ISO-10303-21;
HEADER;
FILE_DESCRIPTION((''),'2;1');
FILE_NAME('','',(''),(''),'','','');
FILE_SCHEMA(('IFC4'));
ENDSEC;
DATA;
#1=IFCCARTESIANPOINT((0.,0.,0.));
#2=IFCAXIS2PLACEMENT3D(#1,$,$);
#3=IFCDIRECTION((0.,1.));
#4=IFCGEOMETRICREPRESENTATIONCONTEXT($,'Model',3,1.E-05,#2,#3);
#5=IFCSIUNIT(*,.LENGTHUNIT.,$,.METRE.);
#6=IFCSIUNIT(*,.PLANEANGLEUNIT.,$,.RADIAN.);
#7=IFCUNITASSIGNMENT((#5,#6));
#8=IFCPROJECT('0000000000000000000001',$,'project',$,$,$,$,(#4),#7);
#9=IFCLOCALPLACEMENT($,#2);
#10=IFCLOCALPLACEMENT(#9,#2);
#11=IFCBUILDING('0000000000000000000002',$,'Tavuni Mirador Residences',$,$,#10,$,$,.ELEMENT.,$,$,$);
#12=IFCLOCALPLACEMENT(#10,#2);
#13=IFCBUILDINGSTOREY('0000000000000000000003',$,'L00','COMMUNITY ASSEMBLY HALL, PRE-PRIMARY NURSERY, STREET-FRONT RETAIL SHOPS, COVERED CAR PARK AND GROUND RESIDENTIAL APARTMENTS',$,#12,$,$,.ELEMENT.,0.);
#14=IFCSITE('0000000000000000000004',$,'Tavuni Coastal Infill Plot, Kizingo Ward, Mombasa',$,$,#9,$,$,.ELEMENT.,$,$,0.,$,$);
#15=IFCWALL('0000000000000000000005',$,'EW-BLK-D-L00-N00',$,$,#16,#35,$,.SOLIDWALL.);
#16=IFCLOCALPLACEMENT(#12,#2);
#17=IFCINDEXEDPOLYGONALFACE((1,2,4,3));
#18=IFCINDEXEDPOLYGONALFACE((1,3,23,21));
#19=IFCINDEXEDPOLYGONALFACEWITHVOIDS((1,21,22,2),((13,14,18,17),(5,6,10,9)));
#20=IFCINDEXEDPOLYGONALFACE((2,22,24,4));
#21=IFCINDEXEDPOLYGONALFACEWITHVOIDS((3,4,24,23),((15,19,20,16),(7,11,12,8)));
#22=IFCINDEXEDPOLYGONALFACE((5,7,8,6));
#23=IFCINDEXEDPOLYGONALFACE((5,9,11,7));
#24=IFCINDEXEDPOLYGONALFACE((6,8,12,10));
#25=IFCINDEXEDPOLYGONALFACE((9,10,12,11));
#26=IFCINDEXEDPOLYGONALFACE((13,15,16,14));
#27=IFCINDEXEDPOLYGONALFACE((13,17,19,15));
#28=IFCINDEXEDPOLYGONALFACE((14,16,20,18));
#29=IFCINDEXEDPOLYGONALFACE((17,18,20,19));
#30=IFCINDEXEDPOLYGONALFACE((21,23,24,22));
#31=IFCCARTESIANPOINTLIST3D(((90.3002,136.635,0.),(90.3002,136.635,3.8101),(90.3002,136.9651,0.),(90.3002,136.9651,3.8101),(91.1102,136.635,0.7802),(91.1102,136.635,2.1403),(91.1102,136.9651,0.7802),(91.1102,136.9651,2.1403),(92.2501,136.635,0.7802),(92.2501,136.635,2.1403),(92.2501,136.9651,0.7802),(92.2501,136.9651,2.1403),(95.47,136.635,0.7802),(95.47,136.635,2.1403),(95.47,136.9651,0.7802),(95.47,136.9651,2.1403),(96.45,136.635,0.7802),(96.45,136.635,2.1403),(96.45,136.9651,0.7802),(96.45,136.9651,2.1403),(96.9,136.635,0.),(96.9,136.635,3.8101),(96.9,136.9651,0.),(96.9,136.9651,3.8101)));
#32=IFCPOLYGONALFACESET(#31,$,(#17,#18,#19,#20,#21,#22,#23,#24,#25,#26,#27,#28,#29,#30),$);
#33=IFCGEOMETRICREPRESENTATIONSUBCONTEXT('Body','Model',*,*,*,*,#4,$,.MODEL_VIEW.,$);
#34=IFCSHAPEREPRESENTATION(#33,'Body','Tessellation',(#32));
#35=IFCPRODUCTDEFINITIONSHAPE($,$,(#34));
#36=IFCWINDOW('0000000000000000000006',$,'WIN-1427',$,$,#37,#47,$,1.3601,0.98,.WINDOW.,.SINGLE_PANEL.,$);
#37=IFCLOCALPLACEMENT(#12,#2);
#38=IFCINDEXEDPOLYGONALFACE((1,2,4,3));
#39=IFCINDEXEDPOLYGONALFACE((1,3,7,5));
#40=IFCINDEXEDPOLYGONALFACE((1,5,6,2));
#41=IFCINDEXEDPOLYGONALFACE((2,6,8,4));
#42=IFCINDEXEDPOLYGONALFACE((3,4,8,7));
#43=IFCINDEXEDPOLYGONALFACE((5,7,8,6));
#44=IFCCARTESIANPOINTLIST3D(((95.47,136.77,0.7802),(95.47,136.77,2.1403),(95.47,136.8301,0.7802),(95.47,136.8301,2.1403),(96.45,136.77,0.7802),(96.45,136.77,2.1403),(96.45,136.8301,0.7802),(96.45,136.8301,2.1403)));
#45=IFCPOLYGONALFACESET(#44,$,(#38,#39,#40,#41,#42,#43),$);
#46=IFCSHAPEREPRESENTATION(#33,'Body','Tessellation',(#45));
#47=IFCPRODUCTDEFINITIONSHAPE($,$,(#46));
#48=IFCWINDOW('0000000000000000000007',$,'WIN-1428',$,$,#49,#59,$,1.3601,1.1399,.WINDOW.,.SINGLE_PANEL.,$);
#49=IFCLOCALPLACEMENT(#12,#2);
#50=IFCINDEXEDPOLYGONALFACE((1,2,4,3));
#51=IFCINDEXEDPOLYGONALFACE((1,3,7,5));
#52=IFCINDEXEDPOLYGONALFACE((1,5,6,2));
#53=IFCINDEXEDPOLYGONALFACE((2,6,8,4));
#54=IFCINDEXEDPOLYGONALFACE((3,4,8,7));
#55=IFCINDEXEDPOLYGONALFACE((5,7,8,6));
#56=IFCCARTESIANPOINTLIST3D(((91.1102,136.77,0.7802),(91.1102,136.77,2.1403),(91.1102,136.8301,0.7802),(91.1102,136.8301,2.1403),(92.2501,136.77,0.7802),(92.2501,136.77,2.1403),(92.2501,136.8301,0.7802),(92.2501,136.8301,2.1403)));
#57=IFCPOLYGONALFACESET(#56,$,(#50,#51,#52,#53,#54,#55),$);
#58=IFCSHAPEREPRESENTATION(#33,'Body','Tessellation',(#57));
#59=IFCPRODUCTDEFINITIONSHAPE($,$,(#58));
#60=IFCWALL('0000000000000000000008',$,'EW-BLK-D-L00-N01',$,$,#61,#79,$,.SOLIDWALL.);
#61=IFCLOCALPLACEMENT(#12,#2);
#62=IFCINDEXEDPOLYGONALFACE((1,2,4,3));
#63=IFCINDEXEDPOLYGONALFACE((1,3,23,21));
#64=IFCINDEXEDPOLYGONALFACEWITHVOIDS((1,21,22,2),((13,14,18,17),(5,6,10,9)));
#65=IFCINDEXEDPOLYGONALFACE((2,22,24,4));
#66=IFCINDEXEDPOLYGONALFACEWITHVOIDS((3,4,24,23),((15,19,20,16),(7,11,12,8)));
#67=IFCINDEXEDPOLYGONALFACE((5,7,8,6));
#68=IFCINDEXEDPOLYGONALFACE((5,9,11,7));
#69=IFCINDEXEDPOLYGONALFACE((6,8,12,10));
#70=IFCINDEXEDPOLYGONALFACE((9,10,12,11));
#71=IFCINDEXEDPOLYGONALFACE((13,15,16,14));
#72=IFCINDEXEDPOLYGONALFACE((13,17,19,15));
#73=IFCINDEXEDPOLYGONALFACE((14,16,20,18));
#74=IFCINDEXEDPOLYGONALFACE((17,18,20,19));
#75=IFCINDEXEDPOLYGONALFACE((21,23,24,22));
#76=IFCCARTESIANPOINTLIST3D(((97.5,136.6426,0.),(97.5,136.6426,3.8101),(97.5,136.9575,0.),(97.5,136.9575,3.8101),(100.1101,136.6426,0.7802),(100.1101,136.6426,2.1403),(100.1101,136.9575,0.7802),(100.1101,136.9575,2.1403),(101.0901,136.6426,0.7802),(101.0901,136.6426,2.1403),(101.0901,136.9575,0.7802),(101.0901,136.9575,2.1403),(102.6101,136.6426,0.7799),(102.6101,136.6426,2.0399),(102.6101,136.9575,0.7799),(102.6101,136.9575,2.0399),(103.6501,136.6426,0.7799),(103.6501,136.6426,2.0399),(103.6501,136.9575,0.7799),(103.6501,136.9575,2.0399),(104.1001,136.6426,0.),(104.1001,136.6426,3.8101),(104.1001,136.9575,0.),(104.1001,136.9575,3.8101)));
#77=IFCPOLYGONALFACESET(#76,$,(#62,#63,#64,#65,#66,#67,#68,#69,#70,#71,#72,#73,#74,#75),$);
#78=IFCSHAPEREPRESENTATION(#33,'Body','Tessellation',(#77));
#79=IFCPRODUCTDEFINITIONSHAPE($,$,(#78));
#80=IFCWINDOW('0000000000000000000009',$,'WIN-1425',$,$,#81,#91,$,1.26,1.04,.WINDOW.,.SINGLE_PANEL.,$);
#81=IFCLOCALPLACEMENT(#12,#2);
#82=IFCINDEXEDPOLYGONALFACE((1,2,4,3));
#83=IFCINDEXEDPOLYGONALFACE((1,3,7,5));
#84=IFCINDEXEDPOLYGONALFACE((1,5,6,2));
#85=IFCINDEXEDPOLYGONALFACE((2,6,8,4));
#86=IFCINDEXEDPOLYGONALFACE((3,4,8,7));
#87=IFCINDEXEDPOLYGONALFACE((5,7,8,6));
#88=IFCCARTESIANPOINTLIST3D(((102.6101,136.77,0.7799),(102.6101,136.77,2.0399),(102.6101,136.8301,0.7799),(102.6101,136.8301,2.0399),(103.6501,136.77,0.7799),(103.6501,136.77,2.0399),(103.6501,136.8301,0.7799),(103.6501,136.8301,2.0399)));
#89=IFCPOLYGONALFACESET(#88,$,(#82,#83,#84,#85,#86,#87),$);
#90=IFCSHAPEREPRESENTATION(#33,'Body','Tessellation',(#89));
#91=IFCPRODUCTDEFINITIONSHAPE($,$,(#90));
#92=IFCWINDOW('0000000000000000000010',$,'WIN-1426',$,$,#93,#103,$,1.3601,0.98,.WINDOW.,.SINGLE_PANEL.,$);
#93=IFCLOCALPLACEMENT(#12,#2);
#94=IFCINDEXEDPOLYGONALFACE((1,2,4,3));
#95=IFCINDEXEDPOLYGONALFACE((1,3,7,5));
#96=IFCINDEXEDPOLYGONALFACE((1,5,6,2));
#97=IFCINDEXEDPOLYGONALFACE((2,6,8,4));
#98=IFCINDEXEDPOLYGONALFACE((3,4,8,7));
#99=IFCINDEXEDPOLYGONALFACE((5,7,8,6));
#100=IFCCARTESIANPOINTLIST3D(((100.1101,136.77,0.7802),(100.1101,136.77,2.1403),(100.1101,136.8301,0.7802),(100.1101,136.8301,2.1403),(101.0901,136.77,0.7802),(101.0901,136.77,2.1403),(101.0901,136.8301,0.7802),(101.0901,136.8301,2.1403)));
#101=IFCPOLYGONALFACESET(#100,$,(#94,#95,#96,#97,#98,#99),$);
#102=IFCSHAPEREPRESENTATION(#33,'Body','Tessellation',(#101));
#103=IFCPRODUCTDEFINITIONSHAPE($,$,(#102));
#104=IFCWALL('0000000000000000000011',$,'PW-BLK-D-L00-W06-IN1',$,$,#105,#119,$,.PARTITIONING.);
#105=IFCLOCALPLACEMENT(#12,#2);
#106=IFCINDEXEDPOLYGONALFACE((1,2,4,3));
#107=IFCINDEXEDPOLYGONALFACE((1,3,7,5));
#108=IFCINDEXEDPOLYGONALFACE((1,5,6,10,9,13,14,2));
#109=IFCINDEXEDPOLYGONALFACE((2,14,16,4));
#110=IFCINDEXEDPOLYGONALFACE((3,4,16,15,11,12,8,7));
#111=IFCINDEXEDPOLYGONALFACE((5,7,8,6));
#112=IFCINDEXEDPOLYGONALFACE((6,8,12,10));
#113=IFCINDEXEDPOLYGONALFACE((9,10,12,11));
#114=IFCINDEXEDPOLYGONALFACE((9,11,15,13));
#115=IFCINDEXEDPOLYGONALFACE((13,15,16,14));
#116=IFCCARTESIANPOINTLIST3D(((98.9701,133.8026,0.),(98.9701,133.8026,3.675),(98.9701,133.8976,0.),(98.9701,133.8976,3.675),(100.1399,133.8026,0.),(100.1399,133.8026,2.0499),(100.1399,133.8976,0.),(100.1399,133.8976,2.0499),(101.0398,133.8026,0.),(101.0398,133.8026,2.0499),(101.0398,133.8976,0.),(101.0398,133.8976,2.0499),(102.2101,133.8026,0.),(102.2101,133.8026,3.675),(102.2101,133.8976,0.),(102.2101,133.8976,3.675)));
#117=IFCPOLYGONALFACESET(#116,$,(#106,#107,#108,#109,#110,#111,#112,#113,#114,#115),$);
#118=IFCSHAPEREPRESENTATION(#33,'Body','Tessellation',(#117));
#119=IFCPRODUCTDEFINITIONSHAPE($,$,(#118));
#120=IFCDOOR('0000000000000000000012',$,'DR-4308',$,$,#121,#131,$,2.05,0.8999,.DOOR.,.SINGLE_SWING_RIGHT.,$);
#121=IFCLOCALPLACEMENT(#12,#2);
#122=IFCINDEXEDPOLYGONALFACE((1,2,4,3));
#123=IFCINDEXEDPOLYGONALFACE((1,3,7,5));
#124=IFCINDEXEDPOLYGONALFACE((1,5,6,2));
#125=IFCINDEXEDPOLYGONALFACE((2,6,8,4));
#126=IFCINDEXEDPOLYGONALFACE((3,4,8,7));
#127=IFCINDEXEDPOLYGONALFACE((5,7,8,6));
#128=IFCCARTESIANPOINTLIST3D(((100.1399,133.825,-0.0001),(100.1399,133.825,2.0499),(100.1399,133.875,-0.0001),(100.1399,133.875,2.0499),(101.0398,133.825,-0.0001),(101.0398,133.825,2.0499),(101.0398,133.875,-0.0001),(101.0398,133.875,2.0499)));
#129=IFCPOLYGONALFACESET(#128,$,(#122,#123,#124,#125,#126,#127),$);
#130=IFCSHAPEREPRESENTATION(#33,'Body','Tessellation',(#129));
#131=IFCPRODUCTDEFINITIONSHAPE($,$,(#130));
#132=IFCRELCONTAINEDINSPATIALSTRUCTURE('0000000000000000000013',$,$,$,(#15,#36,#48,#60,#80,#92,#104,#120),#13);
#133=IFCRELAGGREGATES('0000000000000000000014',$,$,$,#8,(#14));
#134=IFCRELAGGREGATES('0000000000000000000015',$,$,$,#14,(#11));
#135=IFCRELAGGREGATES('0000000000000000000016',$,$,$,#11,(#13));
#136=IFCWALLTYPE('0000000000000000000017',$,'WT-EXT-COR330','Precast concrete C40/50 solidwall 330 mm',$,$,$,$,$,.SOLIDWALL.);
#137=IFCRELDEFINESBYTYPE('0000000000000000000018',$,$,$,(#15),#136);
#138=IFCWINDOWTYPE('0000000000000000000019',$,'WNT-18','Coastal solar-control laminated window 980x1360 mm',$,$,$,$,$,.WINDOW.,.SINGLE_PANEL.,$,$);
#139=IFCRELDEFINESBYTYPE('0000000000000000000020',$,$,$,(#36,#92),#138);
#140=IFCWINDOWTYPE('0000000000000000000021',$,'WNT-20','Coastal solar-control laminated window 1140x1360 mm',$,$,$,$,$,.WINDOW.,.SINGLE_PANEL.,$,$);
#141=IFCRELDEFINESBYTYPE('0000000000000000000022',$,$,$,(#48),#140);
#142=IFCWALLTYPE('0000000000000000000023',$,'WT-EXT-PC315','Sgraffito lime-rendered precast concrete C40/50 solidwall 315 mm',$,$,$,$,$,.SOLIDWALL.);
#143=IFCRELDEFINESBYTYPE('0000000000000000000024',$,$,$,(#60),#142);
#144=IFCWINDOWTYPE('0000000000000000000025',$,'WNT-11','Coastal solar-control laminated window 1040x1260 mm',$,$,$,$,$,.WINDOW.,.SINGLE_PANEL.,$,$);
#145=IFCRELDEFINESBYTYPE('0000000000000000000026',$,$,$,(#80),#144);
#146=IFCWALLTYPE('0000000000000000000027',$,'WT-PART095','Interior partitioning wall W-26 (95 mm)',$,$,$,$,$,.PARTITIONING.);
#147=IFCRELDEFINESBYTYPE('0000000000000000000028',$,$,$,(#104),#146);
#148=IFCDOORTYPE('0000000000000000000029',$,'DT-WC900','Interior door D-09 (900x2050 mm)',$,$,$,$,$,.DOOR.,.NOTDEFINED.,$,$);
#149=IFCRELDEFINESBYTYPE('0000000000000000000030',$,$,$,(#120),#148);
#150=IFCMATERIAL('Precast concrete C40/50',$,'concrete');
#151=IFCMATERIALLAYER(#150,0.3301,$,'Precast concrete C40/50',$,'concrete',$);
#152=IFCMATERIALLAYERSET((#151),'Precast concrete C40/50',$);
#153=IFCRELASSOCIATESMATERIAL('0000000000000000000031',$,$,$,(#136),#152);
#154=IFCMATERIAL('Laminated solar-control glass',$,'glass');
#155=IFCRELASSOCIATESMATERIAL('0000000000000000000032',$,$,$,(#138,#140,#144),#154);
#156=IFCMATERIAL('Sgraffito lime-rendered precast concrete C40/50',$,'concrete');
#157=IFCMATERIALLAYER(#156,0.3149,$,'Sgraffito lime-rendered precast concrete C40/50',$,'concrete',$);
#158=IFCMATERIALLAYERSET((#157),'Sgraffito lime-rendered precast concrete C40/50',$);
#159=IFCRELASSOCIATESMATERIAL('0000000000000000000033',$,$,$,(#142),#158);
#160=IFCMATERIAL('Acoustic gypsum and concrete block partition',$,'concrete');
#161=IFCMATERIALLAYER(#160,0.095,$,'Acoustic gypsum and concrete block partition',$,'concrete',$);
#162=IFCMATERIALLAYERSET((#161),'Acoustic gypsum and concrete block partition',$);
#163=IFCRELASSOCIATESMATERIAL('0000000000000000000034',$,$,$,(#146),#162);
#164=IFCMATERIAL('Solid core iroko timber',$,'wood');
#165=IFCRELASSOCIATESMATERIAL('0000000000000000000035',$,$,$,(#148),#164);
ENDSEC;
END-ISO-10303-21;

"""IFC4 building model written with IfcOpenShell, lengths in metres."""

from ifc_helpers import new_model, si_unit, direction, frame, frame_2d, origin, place, context, subcontext, project, spatial, rectangle, extrude, material, layer, layer_set, type_object, element, fill, save


model = new_model("IFC4")

# Units and contexts
model_context = context("Model", 3, precision=1e-05, world=origin(), true_north=direction((0.0, 1.0)))
body_context = subcontext(model_context, "Body", "Model", "MODEL_VIEW")
ifc_project = project(units=[si_unit("LENGTHUNIT", "METRE"), si_unit("PLANEANGLEUNIT", "RADIAN")], contexts=[model_context])

# Site, building, storey
site_placement = place(None, origin())
site = spatial("IfcSite", under=ifc_project, at=site_placement, Name="Tavuni Coastal Infill Plot, Kizingo Ward, Mombasa", CompositionType="ELEMENT", RefElevation=0.0)
building_placement = place(site_placement, origin())
building = spatial("IfcBuilding", under=site, at=building_placement, Name="Tavuni Mirador Residences", CompositionType="ELEMENT")
storey_placement = place(building_placement, origin())
storey = spatial("IfcBuildingStorey", under=building, at=storey_placement, Name="L00", Description="COMMUNITY ASSEMBLY HALL, PRE-PRIMARY NURSERY, STREET-FRONT RETAIL SHOPS, COVERED CAR PARK AND GROUND RESIDENTIAL APARTMENTS", CompositionType="ELEMENT", Elevation=0.0)

# Shared definitions
ifc_material_1 = material(Name="Precast concrete C40/50", Category="concrete")

# Shared definitions
ifc_material_2 = material(Name="Solid core iroko timber", Category="wood")

# Walls, openings, windows
ifc_layer_1 = layer(ifc_material_1, 0.3301, Name="Precast concrete C40/50", Category="concrete")
ifc_layer_set_1 = layer_set([ifc_layer_1], Name="Precast concrete C40/50")
wall_type_1 = type_object("IfcWallType", Name="WT-EXT-COR330", Description="Precast concrete C40/50 solidwall 330 mm", PredefinedType="SOLIDWALL", material=ifc_layer_set_1)
wall_1_placement = place(storey_placement, frame((96.8999, 136.8, 0.0), z_axis=(0.0, 0.0, 1.0), x_axis=(-1.0, 0.0, 0.0)))
wall_1 = element("IfcWall", 1, at=wall_1_placement, inside=storey, type_object=wall_type_1, Name="EW-BLK-D-L00-N00", PredefinedType="SOLIDWALL", context=body_context, shape_type="SweptSolid", body=[
    extrude(rectangle(XDim=6.5999, YDim=0.3301, at=frame_2d((3.2998, 0.0))), origin(), (0.0, 0.0, 1.0), 3.8101),
])
opening_1_placement = place(wall_1_placement, frame((0.45, 0.0, 0.78)))
opening_1 = element("IfcOpeningElement", 2, at=opening_1_placement, cuts=wall_1, PredefinedType="OPENING", context=body_context, shape_type="SweptSolid", body=[
    extrude(rectangle(XDim=0.98, YDim=1.3601, at=frame_2d((0.49, 0.6802))), frame((0.0, 0.175, 0.0), z_axis=(0.0, -1.0, 0.0), x_axis=(1.0, 0.0, 0.0)), (0.0, 0.0, 1.0), 0.3501),
])
opening_2_placement = place(wall_1_placement, frame((4.6499, 0.0, 0.78)))
opening_2 = element("IfcOpeningElement", 3, at=opening_2_placement, cuts=wall_1, PredefinedType="OPENING", context=body_context, shape_type="SweptSolid", body=[
    extrude(rectangle(XDim=1.1399, YDim=1.3601, at=frame_2d((0.5698, 0.6802))), frame((0.0, 0.175, 0.0), z_axis=(0.0, -1.0, 0.0), x_axis=(1.0, 0.0, 0.0)), (0.0, 0.0, 1.0), 0.3501),
])
ifc_material_3 = material(Name="Laminated solar-control glass", Category="glass")
window_type_1 = type_object("IfcWindowType", Name="WNT-18", Description="Coastal solar-control laminated window 980x1360 mm", PartitioningType="SINGLE_PANEL", PredefinedType="WINDOW", material=ifc_material_3)
window_1_placement = place(opening_1_placement, origin())
window_1 = element("IfcWindow", 4, at=window_1_placement, inside=storey, type_object=window_type_1, Name="WIN-1427", OverallHeight=1.3601, OverallWidth=0.98, PartitioningType="SINGLE_PANEL", PredefinedType="WINDOW", context=body_context, shape_type="SweptSolid", body=[
    extrude(rectangle(XDim=0.98, YDim=1.3601, at=frame_2d((0.49, 0.6802))), frame((0.0, 0.03, 0.0), z_axis=(0.0, -1.0, 0.0), x_axis=(1.0, 0.0, 0.0)), (0.0, 0.0, 1.0), 0.0601),
])
fill(opening_1, window_1)
window_type_2 = type_object("IfcWindowType", Name="WNT-20", Description="Coastal solar-control laminated window 1140x1360 mm", PartitioningType="SINGLE_PANEL", PredefinedType="WINDOW", material=ifc_material_3)
window_2_placement = place(opening_2_placement, origin())
window_2 = element("IfcWindow", 5, at=window_2_placement, inside=storey, type_object=window_type_2, Name="WIN-1428", OverallHeight=1.3601, OverallWidth=1.1399, PartitioningType="SINGLE_PANEL", PredefinedType="WINDOW", context=body_context, shape_type="SweptSolid", body=[
    extrude(rectangle(XDim=1.1399, YDim=1.3601, at=frame_2d((0.5698, 0.6802))), frame((0.0, 0.03, 0.0), z_axis=(0.0, -1.0, 0.0), x_axis=(1.0, 0.0, 0.0)), (0.0, 0.0, 1.0), 0.0601),
])
fill(opening_2, window_2)
ifc_material_4 = material(Name="Sgraffito lime-rendered precast concrete C40/50", Category="concrete")
ifc_layer_2 = layer(ifc_material_4, 0.3149, Name="Sgraffito lime-rendered precast concrete C40/50", Category="concrete")
ifc_layer_set_2 = layer_set([ifc_layer_2], Name="Sgraffito lime-rendered precast concrete C40/50")
wall_type_2 = type_object("IfcWallType", Name="WT-EXT-PC315", Description="Sgraffito lime-rendered precast concrete C40/50 solidwall 315 mm", PredefinedType="SOLIDWALL", material=ifc_layer_set_2)
wall_2_placement = place(storey_placement, frame((104.1001, 136.8, 0.0), z_axis=(0.0, 0.0, 1.0), x_axis=(-1.0, 0.0, 0.0)))
wall_2 = element("IfcWall", 6, at=wall_2_placement, inside=storey, type_object=wall_type_2, Name="EW-BLK-D-L00-N01", PredefinedType="SOLIDWALL", context=body_context, shape_type="SweptSolid", body=[
    extrude(rectangle(XDim=6.6001, YDim=0.3149, at=frame_2d((3.3, 0.0))), origin(), (0.0, 0.0, 1.0), 3.8101),
])
opening_3_placement = place(wall_2_placement, frame((0.45, 0.0, 0.78)))
opening_3 = element("IfcOpeningElement", 7, at=opening_3_placement, cuts=wall_2, PredefinedType="OPENING", context=body_context, shape_type="SweptSolid", body=[
    extrude(rectangle(XDim=1.04, YDim=1.26, at=frame_2d((0.52, 0.6299))), frame((0.0, 0.1675, 0.0), z_axis=(0.0, -1.0, 0.0), x_axis=(1.0, 0.0, 0.0)), (0.0, 0.0, 1.0), 0.335),
])
opening_4_placement = place(wall_2_placement, frame((3.01, 0.0, 0.78)))
opening_4 = element("IfcOpeningElement", 8, at=opening_4_placement, cuts=wall_2, PredefinedType="OPENING", context=body_context, shape_type="SweptSolid", body=[
    extrude(rectangle(XDim=0.98, YDim=1.3601, at=frame_2d((0.49, 0.6802))), frame((0.0, 0.1675, 0.0), z_axis=(0.0, -1.0, 0.0), x_axis=(1.0, 0.0, 0.0)), (0.0, 0.0, 1.0), 0.335),
])
window_type_3 = type_object("IfcWindowType", Name="WNT-11", Description="Coastal solar-control laminated window 1040x1260 mm", PartitioningType="SINGLE_PANEL", PredefinedType="WINDOW", material=ifc_material_3)
window_3_placement = place(opening_3_placement, origin())
window_3 = element("IfcWindow", 9, at=window_3_placement, inside=storey, type_object=window_type_3, Name="WIN-1425", OverallHeight=1.26, OverallWidth=1.04, PartitioningType="SINGLE_PANEL", PredefinedType="WINDOW", context=body_context, shape_type="SweptSolid", body=[
    extrude(rectangle(XDim=1.04, YDim=1.26, at=frame_2d((0.52, 0.6299))), frame((0.0, 0.03, 0.0), z_axis=(0.0, -1.0, 0.0), x_axis=(1.0, 0.0, 0.0)), (0.0, 0.0, 1.0), 0.0601),
])
fill(opening_3, window_3)
window_4_placement = place(opening_4_placement, origin())
window_4 = element("IfcWindow", 10, at=window_4_placement, inside=storey, type_object=window_type_1, Name="WIN-1426", OverallHeight=1.3601, OverallWidth=0.98, PartitioningType="SINGLE_PANEL", PredefinedType="WINDOW", context=body_context, shape_type="SweptSolid", body=[
    extrude(rectangle(XDim=0.98, YDim=1.3601, at=frame_2d((0.49, 0.6802))), frame((0.0, 0.03, 0.0), z_axis=(0.0, -1.0, 0.0), x_axis=(1.0, 0.0, 0.0)), (0.0, 0.0, 1.0), 0.0601),
])
fill(opening_4, window_4)

# Wall, opening, door
ifc_material_5 = material(Name="Acoustic gypsum and concrete block partition", Category="concrete")
ifc_layer_3 = layer(ifc_material_5, 0.095, Name="Acoustic gypsum and concrete block partition", Category="concrete")
ifc_layer_set_3 = layer_set([ifc_layer_3], Name="Acoustic gypsum and concrete block partition")
wall_type_3 = type_object("IfcWallType", Name="WT-PART095", Description="Interior partitioning wall W-26 (95 mm)", PredefinedType="PARTITIONING", material=ifc_layer_set_3)
wall_3_placement = place(storey_placement, frame((98.97, 133.8501, 0.0), z_axis=(0.0, 0.0, 1.0), x_axis=(1.0, 0.0, 0.0)))
wall_3 = element("IfcWall", 11, at=wall_3_placement, inside=storey, type_object=wall_type_3, Name="PW-BLK-D-L00-W06-IN1", PredefinedType="PARTITIONING", context=body_context, shape_type="SweptSolid", body=[
    extrude(rectangle(XDim=3.24, YDim=0.095, at=frame_2d((1.6201, 0.0))), origin(), (0.0, 0.0, 1.0), 3.675),
])
opening_5_placement = place(wall_3_placement, frame((1.1699, 0.0, 0.0)))
opening_5 = element("IfcOpeningElement", 12, at=opening_5_placement, cuts=wall_3, PredefinedType="OPENING", context=body_context, shape_type="SweptSolid", body=[
    extrude(rectangle(XDim=0.8999, YDim=2.05, at=frame_2d((0.45, 1.0249))), frame((0.0, 0.0576, 0.0), z_axis=(0.0, -1.0, 0.0), x_axis=(1.0, 0.0, 0.0)), (0.0, 0.0, 1.0), 0.115),
])
door_type_1 = type_object("IfcDoorType", Name="DT-WC900", Description="Interior door D-09 (900x2050 mm)", OperationType="NOTDEFINED", PredefinedType="DOOR", material=ifc_material_2)
door_1_placement = place(opening_5_placement, origin())
door_1 = element("IfcDoor", 13, at=door_1_placement, inside=storey, type_object=door_type_1, Name="DR-4308", OperationType="SINGLE_SWING_RIGHT", OverallHeight=2.05, OverallWidth=0.8999, PredefinedType="DOOR", context=body_context, shape_type="SweptSolid", body=[
    extrude(rectangle(XDim=0.8999, YDim=2.05, at=frame_2d((0.45, 1.0249))), frame((0.0, 0.0249, 0.0), z_axis=(0.0, -1.0, 0.0), x_axis=(1.0, 0.0, 0.0)), (0.0, 0.0, 1.0), 0.05),
])
fill(opening_5, door_1)

save(model, "model.ifc")
